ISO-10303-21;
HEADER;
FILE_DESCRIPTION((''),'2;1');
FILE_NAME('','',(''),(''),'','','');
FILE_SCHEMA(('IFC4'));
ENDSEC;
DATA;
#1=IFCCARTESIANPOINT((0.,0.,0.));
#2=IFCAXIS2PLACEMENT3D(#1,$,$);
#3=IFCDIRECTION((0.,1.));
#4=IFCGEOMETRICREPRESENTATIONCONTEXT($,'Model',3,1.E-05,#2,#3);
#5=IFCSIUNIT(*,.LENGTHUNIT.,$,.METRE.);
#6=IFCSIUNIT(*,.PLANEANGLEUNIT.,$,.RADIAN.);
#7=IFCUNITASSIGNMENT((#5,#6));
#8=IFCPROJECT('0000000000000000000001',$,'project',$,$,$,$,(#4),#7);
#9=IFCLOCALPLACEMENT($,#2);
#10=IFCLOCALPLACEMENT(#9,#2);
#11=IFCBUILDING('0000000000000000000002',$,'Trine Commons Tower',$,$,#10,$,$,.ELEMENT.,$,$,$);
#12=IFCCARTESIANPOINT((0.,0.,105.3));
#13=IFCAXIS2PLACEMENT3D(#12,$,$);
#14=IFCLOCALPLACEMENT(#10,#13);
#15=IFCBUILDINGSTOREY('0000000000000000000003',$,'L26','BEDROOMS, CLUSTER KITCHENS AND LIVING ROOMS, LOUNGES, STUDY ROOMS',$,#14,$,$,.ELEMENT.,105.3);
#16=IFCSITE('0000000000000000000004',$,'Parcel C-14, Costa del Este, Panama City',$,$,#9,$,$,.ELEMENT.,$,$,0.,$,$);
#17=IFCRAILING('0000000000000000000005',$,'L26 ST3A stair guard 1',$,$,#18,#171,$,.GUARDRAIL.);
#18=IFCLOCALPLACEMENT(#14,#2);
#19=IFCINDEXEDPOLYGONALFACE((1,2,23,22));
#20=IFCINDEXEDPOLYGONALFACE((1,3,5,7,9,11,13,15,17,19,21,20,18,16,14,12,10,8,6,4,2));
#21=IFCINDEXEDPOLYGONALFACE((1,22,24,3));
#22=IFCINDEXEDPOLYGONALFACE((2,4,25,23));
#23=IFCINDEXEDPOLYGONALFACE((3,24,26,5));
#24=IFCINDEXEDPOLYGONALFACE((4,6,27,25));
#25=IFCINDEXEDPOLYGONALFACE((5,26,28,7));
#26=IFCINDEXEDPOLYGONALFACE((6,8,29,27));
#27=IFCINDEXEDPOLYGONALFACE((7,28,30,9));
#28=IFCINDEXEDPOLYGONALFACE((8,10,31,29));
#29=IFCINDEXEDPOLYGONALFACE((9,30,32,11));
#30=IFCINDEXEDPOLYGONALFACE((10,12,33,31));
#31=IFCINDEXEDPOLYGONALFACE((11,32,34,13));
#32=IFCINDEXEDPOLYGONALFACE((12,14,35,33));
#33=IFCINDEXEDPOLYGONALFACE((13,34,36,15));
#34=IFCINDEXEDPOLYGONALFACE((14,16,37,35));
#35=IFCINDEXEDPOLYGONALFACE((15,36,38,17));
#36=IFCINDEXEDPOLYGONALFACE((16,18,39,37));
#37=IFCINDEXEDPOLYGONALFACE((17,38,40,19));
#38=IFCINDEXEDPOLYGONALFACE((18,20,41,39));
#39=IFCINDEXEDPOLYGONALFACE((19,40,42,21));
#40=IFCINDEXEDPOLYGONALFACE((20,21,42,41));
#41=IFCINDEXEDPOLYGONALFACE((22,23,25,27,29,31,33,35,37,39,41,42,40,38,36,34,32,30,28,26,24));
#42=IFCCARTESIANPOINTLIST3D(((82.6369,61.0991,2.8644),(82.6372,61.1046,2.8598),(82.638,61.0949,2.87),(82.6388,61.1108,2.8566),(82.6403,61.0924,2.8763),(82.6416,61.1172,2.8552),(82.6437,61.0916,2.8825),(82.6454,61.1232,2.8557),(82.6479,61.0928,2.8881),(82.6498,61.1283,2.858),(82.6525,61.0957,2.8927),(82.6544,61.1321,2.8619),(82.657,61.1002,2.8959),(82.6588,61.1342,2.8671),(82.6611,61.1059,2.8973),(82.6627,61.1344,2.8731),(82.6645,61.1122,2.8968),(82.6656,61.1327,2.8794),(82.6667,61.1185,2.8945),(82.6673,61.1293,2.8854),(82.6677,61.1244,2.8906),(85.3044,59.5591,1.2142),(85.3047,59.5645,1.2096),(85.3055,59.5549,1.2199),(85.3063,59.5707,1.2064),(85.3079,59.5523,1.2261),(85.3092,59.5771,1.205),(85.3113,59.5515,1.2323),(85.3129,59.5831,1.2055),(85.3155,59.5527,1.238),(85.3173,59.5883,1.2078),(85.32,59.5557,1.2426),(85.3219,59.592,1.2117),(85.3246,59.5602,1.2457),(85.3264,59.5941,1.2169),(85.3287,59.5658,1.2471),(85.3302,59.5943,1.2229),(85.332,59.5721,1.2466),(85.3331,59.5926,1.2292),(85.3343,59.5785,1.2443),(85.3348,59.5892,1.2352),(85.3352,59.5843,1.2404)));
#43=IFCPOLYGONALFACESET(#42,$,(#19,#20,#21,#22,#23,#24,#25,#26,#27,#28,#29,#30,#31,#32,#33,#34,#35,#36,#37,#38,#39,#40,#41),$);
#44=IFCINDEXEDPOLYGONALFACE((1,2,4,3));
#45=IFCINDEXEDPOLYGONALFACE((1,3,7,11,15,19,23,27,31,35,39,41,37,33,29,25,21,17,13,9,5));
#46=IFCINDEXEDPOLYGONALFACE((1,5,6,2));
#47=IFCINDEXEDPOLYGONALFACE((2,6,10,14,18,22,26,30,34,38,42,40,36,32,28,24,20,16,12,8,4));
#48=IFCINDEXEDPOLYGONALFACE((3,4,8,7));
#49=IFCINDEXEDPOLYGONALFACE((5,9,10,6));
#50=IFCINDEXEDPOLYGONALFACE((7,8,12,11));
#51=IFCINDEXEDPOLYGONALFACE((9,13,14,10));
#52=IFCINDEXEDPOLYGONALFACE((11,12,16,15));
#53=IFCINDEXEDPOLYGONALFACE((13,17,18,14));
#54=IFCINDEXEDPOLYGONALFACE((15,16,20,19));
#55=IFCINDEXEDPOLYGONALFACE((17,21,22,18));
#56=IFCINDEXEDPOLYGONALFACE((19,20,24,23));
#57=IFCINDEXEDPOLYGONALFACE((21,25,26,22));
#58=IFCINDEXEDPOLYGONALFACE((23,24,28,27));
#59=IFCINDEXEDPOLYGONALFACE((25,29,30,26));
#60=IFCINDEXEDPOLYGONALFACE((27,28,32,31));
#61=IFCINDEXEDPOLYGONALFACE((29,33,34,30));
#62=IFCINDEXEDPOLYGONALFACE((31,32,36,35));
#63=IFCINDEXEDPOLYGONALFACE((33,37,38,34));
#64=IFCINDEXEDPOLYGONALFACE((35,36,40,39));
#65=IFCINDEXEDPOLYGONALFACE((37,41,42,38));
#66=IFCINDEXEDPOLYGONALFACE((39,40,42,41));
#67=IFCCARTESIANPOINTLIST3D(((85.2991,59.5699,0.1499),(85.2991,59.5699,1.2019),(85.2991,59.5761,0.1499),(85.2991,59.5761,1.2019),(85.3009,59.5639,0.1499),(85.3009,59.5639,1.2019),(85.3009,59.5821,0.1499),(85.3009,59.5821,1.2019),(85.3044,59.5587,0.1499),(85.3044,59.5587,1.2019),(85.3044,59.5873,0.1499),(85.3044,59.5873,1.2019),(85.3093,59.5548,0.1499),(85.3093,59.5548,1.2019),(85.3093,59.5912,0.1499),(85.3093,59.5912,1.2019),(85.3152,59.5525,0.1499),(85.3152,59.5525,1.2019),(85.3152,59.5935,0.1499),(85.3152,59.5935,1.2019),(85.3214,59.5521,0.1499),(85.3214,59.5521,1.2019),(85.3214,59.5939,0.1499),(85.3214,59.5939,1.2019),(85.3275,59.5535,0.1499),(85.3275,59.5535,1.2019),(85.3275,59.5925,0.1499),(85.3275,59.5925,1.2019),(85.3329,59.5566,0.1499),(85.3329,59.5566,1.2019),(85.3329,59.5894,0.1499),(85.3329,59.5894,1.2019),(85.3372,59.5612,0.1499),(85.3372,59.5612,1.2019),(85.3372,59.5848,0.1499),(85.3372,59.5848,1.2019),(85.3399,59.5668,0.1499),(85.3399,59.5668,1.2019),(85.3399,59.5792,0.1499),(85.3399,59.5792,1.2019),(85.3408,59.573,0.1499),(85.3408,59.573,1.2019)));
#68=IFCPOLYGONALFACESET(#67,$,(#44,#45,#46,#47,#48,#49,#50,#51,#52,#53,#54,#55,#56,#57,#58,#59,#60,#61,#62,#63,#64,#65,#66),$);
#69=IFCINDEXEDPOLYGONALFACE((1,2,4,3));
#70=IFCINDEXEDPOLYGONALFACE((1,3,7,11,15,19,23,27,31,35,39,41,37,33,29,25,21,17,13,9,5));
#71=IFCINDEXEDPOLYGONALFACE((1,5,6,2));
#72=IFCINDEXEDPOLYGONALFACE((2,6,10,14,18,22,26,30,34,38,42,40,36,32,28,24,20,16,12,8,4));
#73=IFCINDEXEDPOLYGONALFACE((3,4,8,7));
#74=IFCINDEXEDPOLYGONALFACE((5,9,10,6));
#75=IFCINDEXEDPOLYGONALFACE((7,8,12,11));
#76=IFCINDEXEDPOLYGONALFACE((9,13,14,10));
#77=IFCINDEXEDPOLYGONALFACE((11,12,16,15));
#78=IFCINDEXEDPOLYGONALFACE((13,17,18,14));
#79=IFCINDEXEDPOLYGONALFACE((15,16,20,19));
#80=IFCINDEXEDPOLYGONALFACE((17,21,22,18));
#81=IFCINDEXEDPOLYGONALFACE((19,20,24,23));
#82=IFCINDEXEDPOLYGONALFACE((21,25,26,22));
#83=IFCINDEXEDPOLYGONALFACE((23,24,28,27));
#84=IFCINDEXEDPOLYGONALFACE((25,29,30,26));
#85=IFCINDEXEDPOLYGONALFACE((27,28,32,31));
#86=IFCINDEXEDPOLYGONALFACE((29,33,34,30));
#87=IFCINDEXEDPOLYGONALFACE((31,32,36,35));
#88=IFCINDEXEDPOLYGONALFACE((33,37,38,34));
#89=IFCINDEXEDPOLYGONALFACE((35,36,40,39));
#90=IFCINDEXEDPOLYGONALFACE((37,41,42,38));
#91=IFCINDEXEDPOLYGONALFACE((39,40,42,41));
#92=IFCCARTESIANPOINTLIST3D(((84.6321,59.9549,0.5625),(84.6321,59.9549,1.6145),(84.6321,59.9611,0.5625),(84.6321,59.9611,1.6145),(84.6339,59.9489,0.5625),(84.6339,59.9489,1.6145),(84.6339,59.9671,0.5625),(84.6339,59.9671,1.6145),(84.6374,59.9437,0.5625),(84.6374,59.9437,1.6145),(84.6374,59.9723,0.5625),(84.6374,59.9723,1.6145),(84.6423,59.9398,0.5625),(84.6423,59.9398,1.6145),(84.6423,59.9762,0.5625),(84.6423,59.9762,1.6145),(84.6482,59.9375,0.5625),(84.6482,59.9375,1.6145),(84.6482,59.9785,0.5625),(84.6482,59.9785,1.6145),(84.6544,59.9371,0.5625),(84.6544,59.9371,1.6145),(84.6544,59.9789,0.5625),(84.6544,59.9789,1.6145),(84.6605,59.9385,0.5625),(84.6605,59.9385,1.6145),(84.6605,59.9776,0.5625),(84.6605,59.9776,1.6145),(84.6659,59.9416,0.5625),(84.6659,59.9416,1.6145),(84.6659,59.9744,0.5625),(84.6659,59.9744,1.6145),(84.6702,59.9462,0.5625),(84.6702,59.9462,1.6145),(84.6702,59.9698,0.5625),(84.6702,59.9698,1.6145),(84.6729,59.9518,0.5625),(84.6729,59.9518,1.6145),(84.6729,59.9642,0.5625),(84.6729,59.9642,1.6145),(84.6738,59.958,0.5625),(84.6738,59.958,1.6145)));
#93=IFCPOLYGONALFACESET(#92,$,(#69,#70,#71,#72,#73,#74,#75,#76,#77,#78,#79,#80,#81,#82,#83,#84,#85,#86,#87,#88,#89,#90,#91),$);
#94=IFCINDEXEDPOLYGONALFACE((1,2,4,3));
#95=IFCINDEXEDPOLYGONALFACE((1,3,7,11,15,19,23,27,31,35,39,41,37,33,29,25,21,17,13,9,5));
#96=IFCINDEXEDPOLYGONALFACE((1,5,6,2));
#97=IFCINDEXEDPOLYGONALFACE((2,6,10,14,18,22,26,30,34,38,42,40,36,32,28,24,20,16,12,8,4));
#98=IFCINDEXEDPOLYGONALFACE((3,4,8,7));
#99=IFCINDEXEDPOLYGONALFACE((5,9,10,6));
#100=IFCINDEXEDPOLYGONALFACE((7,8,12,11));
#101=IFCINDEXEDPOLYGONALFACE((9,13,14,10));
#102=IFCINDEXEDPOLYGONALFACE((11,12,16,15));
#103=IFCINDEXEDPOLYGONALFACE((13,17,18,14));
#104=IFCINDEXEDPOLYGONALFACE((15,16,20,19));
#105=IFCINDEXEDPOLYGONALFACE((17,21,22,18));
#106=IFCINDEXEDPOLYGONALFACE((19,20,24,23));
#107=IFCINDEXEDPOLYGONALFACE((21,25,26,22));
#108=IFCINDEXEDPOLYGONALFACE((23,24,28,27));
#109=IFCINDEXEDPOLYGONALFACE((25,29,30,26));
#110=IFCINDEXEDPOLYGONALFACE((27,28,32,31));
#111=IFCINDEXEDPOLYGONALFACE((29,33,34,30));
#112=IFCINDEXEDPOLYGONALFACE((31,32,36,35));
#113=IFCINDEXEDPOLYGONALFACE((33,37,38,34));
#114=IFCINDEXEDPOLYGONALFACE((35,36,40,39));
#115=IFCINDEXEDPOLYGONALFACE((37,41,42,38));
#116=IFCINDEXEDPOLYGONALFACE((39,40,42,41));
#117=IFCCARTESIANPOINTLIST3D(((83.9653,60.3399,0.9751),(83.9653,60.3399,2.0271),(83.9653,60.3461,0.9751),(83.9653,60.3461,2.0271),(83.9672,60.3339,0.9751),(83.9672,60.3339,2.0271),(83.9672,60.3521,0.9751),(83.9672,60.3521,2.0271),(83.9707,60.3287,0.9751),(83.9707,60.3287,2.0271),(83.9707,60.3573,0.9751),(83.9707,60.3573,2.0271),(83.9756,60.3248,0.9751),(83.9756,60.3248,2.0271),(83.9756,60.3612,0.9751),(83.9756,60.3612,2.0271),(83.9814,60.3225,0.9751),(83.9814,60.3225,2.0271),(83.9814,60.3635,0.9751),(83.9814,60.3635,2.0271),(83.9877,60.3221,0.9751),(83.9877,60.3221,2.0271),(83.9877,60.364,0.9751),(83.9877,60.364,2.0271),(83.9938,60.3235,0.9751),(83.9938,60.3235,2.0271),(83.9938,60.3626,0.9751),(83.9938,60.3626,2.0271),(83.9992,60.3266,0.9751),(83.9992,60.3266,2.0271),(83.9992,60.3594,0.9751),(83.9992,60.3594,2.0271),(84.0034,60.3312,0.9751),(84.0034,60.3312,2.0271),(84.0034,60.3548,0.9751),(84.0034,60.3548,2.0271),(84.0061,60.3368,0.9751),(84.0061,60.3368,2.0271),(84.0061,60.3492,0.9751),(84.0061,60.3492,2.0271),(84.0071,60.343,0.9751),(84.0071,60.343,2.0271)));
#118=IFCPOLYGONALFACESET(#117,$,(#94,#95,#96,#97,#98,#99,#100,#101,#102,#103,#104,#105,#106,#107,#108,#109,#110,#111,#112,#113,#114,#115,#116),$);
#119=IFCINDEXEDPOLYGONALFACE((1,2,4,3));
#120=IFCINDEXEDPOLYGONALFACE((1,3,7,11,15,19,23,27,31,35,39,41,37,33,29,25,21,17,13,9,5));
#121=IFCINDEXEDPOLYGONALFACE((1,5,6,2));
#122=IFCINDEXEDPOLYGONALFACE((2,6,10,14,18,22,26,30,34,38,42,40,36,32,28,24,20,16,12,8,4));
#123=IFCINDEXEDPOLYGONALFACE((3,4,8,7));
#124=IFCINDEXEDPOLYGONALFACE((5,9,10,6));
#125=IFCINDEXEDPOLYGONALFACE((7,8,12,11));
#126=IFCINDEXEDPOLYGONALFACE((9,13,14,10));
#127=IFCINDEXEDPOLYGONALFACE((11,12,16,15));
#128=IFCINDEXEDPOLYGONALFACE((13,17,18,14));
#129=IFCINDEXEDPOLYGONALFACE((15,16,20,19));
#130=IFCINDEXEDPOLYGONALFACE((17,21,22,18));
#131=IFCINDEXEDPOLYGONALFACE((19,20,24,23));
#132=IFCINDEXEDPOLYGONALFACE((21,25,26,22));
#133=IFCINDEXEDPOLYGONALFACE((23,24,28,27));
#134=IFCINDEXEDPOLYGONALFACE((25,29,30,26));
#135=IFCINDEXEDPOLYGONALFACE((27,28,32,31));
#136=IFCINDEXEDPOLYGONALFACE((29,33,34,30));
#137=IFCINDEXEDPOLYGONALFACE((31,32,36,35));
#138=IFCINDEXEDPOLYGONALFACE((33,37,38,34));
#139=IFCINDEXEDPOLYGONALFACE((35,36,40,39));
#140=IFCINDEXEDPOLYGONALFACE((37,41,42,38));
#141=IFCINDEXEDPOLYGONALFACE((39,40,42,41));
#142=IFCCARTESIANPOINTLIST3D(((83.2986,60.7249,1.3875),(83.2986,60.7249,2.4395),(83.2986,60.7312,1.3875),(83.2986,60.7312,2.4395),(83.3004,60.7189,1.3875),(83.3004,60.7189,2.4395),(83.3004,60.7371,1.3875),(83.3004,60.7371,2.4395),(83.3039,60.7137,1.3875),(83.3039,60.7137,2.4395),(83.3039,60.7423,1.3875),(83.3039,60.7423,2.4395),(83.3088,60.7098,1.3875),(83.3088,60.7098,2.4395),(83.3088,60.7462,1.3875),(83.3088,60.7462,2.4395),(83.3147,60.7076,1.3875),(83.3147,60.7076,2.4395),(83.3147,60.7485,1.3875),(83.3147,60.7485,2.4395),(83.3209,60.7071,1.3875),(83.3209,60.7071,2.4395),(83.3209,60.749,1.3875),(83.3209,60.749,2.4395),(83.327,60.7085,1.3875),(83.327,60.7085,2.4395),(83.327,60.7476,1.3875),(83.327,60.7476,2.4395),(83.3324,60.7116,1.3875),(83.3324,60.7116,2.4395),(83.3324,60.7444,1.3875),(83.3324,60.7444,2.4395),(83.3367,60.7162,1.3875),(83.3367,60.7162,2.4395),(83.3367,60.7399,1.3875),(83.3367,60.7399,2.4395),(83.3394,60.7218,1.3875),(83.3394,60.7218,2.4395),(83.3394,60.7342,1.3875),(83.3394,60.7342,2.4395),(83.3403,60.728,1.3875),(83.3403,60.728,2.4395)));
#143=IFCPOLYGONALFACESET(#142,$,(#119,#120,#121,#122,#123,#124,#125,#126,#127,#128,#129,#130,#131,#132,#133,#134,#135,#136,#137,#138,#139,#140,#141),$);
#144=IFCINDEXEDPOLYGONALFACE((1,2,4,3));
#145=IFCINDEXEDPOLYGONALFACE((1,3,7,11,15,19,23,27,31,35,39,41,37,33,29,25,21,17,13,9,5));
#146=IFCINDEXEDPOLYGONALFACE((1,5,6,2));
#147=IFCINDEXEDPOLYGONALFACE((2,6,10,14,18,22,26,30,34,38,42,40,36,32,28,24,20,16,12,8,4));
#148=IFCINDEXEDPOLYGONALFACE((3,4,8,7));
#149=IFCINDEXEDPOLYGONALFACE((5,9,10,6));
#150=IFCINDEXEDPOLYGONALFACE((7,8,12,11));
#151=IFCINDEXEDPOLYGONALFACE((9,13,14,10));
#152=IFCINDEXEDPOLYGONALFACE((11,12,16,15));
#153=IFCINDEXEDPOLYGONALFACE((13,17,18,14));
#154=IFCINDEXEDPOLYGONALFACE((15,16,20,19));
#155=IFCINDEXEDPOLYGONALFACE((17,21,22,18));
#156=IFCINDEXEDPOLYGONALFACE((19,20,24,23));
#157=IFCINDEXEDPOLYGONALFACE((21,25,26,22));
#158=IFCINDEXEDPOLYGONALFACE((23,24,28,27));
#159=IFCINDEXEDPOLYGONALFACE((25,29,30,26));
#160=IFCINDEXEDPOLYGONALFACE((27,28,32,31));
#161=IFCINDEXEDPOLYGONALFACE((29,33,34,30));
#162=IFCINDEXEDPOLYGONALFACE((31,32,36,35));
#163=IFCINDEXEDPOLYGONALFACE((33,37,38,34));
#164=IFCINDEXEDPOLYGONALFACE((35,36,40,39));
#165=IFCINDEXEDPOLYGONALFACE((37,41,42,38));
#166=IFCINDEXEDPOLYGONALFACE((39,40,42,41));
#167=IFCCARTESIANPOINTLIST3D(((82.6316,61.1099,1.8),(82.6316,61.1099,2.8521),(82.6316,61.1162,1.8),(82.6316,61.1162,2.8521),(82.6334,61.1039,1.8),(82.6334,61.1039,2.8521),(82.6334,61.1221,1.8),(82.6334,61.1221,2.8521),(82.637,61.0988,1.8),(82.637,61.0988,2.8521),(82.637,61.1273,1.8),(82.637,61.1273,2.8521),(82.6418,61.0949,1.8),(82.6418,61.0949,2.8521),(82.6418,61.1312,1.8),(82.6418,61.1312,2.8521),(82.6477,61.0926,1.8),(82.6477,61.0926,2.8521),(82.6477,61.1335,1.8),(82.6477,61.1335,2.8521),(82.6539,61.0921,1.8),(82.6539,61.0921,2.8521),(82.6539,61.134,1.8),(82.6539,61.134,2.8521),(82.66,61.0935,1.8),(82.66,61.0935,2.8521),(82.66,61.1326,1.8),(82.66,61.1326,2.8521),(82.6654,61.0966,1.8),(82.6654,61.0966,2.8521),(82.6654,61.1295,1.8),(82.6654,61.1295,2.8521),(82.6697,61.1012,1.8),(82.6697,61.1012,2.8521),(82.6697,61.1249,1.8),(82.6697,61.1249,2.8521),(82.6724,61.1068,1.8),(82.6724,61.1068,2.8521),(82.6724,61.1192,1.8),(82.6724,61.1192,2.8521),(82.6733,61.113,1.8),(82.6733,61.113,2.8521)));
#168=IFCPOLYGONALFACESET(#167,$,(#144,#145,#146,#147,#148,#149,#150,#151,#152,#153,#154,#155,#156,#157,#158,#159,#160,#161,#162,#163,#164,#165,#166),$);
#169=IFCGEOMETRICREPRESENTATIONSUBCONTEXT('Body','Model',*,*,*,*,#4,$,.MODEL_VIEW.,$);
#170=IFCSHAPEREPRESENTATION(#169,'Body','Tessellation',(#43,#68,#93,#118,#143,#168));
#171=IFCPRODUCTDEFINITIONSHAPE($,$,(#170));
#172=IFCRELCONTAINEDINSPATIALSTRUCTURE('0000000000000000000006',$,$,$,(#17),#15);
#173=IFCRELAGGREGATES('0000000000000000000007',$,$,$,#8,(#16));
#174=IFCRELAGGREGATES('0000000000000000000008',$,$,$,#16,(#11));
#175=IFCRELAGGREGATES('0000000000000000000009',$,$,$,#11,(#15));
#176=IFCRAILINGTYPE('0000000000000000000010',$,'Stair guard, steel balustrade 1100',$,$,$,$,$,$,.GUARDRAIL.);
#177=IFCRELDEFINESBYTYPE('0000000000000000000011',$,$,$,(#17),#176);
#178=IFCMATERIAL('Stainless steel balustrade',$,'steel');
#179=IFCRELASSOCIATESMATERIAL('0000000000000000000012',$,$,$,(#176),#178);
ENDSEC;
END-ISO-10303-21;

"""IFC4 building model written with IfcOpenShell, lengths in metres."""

from ifc_helpers import new_model, si_unit, direction, frame, origin, origin_2d, place, context, subcontext, project, spatial, circle, extrude, material, type_object, element, save


model = new_model("IFC4")

# Units and contexts
model_context = context("Model", 3, precision=1e-05, world=origin(), true_north=direction((0.0, 1.0)))
body_context = subcontext(model_context, "Body", "Model", "MODEL_VIEW")
ifc_project = project(units=[si_unit("LENGTHUNIT", "METRE"), si_unit("PLANEANGLEUNIT", "RADIAN")], contexts=[model_context])

# Site, building, storey
site_placement = place(None, origin())
site = spatial("IfcSite", under=ifc_project, at=site_placement, Name="Parcel C-14, Costa del Este, Panama City", CompositionType="ELEMENT", RefElevation=0.0)
building_placement = place(site_placement, origin())
building = spatial("IfcBuilding", under=site, at=building_placement, Name="Trine Commons Tower", CompositionType="ELEMENT")
storey_placement = place(building_placement, frame((0.0, 0.0, 105.3)))
storey = spatial("IfcBuildingStorey", under=building, at=storey_placement, Name="L26", Description="BEDROOMS, CLUSTER KITCHENS AND LIVING ROOMS, LOUNGES, STUDY ROOMS", CompositionType="ELEMENT", Elevation=105.3)

# Railing
ifc_material_1 = material(Name="Stainless steel balustrade", Category="steel")
railing_type_1 = type_object("IfcRailingType", Name="Stair guard, steel balustrade 1100", PredefinedType="GUARDRAIL", material=ifc_material_1)
railing_1_placement = place(storey_placement, frame((85.3198, 59.573, 0.1499)))
element("IfcRailing", 1, at=railing_1_placement, inside=storey, type_object=railing_type_1, Name="L26 ST3A stair guard 1", PredefinedType="GUARDRAIL", context=body_context, shape_type="SweptSolid", body=[
    extrude(circle(Radius=0.0239, at=origin_2d()), frame((0.0, 0.0, 1.0762), z_axis=(-0.76338, 0.440728, 0.472239), x_axis=(-0.499992, -0.86603, 0.0)), (0.0, 0.0, 1.0), 3.4944),
    extrude(circle(Radius=0.021, at=origin_2d()), origin(), (0.0, 0.0, 1.0), 1.052),
    extrude(circle(Radius=0.021, at=origin_2d()), frame((-0.667, 0.385, 0.4126)), (0.0, 0.0, 1.0), 1.052),
    extrude(circle(Radius=0.021, at=origin_2d()), frame((-1.3337, 0.77, 0.8252)), (0.0, 0.0, 1.0), 1.052),
    extrude(circle(Radius=0.021, at=origin_2d()), frame((-2.0005, 1.155, 1.2375)), (0.0, 0.0, 1.0), 1.052),
    extrude(circle(Radius=0.021, at=origin_2d()), frame((-2.6675, 1.54, 1.6501)), (0.0, 0.0, 1.0), 1.052),
])

save(model, "model.ifc")
